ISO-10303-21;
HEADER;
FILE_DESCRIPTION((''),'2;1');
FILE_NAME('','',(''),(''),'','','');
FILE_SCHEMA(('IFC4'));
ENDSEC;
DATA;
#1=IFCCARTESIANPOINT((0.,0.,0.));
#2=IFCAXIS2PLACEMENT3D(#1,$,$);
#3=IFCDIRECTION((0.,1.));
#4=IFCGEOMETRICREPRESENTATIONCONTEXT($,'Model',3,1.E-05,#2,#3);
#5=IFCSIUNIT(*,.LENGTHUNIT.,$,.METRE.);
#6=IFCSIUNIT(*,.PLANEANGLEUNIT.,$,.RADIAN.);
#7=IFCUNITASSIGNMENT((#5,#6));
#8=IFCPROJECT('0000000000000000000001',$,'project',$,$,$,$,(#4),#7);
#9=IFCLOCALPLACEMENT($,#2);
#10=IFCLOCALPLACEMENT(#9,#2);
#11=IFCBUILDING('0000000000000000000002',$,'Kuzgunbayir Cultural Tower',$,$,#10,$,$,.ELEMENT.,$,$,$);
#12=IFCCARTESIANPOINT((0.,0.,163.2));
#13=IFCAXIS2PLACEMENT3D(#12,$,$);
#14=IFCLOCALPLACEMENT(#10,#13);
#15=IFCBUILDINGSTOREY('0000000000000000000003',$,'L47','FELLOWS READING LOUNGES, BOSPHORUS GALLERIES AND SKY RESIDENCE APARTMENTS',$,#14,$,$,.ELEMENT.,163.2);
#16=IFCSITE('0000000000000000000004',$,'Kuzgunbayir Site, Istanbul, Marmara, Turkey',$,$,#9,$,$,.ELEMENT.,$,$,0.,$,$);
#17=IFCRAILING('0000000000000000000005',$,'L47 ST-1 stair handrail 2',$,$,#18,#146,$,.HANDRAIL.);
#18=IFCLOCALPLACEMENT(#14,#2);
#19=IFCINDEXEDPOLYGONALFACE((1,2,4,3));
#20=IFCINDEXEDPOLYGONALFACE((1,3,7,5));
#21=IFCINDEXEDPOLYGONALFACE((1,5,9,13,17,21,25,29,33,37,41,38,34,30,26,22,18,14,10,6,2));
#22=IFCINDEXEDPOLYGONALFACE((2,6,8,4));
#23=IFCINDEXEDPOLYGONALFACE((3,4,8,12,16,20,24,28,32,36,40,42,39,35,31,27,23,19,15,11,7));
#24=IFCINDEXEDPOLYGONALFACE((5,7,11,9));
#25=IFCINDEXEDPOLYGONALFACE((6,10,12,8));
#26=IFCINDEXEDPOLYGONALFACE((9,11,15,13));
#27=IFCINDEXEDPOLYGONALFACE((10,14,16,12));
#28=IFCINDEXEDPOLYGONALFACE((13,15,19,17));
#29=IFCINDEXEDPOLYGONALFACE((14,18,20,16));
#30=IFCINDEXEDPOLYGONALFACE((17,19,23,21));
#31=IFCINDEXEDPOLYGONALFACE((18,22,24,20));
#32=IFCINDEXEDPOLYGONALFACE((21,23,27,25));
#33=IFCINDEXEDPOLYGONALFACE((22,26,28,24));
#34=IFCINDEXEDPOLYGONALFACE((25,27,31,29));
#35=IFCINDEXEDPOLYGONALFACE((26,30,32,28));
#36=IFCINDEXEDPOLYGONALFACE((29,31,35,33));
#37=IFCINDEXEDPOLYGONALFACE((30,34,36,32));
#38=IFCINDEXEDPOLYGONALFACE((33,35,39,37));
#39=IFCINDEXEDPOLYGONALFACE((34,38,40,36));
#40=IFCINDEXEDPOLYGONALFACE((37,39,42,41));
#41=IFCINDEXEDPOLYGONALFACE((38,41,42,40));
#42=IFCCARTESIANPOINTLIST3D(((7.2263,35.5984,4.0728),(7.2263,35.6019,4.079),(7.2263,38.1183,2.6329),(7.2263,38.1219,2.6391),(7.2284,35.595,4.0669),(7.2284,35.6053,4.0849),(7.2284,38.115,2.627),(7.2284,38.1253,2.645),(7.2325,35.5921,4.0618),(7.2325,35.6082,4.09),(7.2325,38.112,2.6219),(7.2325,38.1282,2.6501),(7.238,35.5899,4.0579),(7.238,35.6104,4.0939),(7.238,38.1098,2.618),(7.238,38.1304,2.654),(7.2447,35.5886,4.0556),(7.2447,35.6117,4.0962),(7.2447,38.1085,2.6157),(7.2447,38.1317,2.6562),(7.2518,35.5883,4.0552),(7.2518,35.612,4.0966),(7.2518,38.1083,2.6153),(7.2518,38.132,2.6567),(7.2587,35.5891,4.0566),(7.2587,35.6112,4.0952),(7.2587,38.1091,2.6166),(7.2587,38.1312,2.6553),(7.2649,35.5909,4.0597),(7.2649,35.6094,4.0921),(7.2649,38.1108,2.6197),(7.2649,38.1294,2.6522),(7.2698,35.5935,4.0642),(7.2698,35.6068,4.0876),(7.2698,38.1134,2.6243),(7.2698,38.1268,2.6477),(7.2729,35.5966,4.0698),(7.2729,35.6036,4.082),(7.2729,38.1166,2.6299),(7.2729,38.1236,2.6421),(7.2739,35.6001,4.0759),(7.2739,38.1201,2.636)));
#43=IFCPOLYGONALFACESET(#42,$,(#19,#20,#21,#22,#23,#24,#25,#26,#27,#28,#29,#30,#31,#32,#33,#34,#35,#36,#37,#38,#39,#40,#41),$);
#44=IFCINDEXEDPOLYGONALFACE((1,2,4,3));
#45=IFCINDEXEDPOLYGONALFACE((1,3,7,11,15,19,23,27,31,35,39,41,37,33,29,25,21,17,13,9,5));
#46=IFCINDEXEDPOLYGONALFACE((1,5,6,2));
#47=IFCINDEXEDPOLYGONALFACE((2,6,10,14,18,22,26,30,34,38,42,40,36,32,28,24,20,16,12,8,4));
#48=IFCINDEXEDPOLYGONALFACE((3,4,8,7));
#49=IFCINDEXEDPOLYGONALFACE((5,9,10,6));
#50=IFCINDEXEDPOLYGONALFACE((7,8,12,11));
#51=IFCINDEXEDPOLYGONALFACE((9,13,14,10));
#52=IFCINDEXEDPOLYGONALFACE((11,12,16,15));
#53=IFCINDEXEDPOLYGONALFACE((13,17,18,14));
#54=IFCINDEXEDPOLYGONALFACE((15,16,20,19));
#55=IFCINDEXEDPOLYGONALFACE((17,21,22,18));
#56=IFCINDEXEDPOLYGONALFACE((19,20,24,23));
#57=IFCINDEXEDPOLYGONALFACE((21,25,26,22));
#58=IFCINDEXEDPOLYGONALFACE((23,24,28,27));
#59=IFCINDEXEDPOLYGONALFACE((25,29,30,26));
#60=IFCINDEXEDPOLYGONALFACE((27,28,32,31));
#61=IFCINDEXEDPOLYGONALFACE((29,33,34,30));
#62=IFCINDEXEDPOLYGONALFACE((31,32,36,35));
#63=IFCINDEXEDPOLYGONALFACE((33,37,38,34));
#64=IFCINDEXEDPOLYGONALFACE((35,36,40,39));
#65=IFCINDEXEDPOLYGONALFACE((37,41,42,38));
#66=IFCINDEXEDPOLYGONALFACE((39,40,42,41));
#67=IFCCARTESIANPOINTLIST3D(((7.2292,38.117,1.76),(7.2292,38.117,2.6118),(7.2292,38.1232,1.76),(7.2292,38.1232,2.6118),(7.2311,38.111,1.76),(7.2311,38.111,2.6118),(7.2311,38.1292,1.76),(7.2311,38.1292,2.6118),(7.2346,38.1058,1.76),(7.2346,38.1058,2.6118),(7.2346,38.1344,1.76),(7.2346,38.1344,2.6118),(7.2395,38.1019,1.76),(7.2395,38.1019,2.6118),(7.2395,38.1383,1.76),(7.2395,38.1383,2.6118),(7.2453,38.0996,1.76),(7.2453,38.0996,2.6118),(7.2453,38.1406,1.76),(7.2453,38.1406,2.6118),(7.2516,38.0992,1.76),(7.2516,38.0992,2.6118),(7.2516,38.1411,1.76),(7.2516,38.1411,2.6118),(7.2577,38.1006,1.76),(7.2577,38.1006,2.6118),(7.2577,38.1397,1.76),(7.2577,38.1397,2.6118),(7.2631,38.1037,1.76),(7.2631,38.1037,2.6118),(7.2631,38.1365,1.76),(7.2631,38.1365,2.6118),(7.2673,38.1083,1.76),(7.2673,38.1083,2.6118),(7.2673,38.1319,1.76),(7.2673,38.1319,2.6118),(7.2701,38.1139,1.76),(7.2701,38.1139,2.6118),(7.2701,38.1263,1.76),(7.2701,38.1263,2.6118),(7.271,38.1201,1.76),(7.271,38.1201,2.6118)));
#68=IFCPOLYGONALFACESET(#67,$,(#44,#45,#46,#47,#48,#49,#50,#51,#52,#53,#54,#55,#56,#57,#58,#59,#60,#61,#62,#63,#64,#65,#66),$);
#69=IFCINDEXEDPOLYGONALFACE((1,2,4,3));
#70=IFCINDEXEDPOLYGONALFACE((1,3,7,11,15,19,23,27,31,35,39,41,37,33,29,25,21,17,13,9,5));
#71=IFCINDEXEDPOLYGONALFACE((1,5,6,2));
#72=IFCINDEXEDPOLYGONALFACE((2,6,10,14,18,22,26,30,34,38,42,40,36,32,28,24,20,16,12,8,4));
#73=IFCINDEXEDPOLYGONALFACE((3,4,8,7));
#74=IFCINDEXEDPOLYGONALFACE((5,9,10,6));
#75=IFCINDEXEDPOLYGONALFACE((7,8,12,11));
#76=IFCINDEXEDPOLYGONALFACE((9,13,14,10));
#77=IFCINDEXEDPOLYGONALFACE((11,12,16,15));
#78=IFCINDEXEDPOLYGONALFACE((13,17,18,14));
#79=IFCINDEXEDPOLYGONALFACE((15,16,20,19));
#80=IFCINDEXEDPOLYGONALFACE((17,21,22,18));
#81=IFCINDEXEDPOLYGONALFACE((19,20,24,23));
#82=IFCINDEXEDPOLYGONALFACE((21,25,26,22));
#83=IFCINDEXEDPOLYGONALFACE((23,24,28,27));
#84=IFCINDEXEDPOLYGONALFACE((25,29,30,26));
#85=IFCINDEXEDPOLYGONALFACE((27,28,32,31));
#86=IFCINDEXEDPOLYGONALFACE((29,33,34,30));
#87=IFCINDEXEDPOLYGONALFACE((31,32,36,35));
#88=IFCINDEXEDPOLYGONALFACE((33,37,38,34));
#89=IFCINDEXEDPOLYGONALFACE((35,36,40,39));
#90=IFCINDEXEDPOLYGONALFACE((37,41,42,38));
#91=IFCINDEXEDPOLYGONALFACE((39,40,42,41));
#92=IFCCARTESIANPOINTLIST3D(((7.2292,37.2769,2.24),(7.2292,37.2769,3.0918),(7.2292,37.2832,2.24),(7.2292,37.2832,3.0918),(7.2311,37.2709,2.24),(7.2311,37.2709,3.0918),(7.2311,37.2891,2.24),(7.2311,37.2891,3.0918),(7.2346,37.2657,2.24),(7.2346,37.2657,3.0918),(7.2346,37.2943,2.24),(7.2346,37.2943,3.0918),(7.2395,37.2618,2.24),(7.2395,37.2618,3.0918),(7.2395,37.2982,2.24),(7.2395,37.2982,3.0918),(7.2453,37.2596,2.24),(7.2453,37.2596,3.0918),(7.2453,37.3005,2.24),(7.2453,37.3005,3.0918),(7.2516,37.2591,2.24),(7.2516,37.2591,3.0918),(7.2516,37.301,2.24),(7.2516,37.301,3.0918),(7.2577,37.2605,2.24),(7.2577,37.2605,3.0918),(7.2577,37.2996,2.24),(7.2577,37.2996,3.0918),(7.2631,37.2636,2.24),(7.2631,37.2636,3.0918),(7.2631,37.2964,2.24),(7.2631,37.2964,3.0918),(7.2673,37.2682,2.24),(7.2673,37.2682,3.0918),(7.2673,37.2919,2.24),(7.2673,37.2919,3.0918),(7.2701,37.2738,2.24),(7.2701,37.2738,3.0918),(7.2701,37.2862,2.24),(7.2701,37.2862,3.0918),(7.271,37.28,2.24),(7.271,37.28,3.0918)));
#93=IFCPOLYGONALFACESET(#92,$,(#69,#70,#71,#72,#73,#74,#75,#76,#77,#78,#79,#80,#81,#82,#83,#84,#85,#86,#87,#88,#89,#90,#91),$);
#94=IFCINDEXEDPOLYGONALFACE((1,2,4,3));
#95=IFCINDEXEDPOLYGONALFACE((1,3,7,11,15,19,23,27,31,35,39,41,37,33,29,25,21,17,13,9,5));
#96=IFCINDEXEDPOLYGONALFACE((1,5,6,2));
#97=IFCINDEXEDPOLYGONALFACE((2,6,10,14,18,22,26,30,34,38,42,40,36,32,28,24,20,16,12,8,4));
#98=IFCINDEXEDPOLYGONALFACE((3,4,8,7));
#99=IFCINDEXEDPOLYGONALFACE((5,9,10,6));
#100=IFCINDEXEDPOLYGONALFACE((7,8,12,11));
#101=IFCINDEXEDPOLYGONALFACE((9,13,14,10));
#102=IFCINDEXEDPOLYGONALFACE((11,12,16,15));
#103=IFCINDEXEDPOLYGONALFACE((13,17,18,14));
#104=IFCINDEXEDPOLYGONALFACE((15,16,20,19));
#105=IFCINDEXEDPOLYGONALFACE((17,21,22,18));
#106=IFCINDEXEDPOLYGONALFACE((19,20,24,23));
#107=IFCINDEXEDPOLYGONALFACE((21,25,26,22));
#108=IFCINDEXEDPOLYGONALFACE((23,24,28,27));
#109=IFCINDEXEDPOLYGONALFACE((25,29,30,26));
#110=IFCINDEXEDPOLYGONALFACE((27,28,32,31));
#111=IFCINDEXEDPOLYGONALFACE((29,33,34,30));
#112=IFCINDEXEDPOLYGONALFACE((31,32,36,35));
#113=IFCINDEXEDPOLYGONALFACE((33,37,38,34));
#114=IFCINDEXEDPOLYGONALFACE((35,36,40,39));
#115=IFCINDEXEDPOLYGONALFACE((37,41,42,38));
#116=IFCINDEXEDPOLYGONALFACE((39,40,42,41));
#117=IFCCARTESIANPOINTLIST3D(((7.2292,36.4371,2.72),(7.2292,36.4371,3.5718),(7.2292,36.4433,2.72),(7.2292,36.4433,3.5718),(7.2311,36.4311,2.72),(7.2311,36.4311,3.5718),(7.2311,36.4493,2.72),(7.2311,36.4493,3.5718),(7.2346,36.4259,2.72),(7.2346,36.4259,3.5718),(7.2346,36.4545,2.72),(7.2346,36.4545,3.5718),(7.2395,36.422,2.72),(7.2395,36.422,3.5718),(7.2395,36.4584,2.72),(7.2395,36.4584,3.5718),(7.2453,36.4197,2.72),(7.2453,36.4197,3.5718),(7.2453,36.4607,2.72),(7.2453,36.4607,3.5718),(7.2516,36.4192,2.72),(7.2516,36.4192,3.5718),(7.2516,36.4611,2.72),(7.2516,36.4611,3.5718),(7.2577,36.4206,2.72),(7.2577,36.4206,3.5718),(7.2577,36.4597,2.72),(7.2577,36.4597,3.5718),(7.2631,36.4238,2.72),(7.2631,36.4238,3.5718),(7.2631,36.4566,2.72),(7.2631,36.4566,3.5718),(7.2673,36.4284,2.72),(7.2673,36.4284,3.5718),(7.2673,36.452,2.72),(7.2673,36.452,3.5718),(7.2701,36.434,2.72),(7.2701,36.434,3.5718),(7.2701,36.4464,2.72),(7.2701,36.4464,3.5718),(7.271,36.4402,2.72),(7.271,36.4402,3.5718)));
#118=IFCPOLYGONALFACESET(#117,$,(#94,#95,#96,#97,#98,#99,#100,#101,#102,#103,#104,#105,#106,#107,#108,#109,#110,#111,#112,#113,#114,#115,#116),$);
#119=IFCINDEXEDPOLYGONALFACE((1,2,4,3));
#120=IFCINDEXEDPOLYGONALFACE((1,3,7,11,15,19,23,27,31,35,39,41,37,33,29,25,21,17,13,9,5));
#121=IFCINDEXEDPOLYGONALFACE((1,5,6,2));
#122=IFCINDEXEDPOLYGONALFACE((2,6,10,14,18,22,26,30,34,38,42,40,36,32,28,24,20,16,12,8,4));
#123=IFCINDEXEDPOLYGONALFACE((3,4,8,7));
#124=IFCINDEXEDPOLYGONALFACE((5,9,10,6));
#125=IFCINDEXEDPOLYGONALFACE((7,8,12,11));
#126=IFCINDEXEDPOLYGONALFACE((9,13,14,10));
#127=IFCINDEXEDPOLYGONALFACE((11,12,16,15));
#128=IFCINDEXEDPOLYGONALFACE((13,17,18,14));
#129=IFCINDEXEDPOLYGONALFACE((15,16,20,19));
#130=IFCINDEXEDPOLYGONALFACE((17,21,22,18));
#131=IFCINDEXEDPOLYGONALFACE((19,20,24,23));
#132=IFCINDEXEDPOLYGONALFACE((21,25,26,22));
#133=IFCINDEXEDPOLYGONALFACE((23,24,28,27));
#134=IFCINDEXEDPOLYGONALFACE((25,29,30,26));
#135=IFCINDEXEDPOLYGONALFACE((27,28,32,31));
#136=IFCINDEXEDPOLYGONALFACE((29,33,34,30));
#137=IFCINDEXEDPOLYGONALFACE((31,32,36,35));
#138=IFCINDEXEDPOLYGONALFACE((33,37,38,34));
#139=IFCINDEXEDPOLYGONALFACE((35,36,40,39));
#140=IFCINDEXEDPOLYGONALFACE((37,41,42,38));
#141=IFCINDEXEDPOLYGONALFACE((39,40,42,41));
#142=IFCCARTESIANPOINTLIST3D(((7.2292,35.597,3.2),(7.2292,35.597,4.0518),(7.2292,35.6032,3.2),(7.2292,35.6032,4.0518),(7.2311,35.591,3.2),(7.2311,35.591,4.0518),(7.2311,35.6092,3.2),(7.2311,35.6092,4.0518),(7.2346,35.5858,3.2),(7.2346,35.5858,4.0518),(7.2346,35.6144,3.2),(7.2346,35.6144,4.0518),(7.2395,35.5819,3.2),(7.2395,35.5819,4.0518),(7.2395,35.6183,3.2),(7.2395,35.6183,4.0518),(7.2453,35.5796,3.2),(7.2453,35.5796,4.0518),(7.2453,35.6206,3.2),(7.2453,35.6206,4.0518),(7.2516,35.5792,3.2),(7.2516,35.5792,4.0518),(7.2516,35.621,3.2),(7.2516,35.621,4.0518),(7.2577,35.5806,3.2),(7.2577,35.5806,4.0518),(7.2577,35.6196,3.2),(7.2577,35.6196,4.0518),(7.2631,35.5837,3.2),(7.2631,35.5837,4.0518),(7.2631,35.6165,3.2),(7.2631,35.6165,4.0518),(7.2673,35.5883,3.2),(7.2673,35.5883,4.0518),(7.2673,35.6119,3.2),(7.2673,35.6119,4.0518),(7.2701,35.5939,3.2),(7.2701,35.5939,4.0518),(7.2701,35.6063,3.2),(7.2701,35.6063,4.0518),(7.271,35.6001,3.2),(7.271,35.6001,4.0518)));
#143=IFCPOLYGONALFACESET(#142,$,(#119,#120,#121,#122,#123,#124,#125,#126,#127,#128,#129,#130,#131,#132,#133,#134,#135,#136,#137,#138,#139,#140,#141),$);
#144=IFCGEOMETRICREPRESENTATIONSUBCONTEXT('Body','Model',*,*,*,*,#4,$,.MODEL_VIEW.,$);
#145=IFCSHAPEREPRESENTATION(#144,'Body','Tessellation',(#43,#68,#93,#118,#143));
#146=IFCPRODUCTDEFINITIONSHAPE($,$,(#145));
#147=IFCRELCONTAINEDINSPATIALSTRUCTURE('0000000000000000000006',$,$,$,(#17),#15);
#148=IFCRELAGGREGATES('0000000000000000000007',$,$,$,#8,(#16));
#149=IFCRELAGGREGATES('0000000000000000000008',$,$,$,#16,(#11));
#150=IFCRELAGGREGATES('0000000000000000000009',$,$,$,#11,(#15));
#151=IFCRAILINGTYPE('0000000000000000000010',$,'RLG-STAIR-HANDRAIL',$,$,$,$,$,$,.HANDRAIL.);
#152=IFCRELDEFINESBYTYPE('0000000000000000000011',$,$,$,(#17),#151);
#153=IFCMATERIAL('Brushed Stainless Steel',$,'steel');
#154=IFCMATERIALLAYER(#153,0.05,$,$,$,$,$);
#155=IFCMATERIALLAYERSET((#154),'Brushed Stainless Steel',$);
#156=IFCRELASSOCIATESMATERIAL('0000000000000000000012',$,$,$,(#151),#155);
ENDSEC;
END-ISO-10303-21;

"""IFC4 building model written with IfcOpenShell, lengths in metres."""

from ifc_helpers import new_model, si_unit, direction, frame, origin, origin_2d, place, context, subcontext, project, spatial, circle, extrude, material, layer, layer_set, type_object, element, save


model = new_model("IFC4")

# Units and contexts
model_context = context("Model", 3, precision=1e-05, world=origin(), true_north=direction((0.0, 1.0)))
body_context = subcontext(model_context, "Body", "Model", "MODEL_VIEW")
ifc_project = project(units=[si_unit("LENGTHUNIT", "METRE"), si_unit("PLANEANGLEUNIT", "RADIAN")], contexts=[model_context])

# Site, building, storey
site_placement = place(None, origin())
site = spatial("IfcSite", under=ifc_project, at=site_placement, Name="Kuzgunbayir Site, Istanbul, Marmara, Turkey", CompositionType="ELEMENT", RefElevation=0.0)
building_placement = place(site_placement, origin())
building = spatial("IfcBuilding", under=site, at=building_placement, Name="Kuzgunbayir Cultural Tower", CompositionType="ELEMENT")
storey_placement = place(building_placement, frame((0.0, 0.0, 163.2)))
storey = spatial("IfcBuildingStorey", under=building, at=storey_placement, Name="L47", Description="FELLOWS READING LOUNGES, BOSPHORUS GALLERIES AND SKY RESIDENCE APARTMENTS", CompositionType="ELEMENT", Elevation=163.2)

# Shared definitions
ifc_material_1 = material(Name="Brushed Stainless Steel", Category="steel")

# Railing
ifc_layer_1 = layer(ifc_material_1, 0.05)
ifc_layer_set_1 = layer_set([ifc_layer_1], Name="Brushed Stainless Steel")
railing_type_1 = type_object("IfcRailingType", Name="RLG-STAIR-HANDRAIL", PredefinedType="HANDRAIL", material=ifc_layer_set_1)
railing_1_placement = place(storey_placement, frame((7.25, 38.1201, 1.76)))
element("IfcRailing", 1, at=railing_1_placement, inside=storey, type_object=railing_type_1, Name="L47 ST-1 stair handrail 2", PredefinedType="HANDRAIL", context=body_context, shape_type="SweptSolid", body=[
    extrude(circle(Radius=0.0239, at=origin_2d()), frame((0.0, 0.0, 0.876), z_axis=(0.0, -0.868253, 0.496121), x_axis=(1.0, 0.0, 0.0)), (0.0, 0.0, 1.0), 2.9023),
    extrude(circle(Radius=0.021, at=origin_2d()), origin(), (0.0, 0.0, 1.0), 0.8518),
    extrude(circle(Radius=0.021, at=origin_2d()), frame((0.0, -0.8401, 0.48)), (0.0, 0.0, 1.0), 0.8518),
    extrude(circle(Radius=0.021, at=origin_2d()), frame((0.0, -1.6799, 0.96)), (0.0, 0.0, 1.0), 0.8518),
    extrude(circle(Radius=0.021, at=origin_2d()), frame((0.0, -2.52, 1.4399)), (0.0, 0.0, 1.0), 0.8518),
])

save(model, "model.ifc")
